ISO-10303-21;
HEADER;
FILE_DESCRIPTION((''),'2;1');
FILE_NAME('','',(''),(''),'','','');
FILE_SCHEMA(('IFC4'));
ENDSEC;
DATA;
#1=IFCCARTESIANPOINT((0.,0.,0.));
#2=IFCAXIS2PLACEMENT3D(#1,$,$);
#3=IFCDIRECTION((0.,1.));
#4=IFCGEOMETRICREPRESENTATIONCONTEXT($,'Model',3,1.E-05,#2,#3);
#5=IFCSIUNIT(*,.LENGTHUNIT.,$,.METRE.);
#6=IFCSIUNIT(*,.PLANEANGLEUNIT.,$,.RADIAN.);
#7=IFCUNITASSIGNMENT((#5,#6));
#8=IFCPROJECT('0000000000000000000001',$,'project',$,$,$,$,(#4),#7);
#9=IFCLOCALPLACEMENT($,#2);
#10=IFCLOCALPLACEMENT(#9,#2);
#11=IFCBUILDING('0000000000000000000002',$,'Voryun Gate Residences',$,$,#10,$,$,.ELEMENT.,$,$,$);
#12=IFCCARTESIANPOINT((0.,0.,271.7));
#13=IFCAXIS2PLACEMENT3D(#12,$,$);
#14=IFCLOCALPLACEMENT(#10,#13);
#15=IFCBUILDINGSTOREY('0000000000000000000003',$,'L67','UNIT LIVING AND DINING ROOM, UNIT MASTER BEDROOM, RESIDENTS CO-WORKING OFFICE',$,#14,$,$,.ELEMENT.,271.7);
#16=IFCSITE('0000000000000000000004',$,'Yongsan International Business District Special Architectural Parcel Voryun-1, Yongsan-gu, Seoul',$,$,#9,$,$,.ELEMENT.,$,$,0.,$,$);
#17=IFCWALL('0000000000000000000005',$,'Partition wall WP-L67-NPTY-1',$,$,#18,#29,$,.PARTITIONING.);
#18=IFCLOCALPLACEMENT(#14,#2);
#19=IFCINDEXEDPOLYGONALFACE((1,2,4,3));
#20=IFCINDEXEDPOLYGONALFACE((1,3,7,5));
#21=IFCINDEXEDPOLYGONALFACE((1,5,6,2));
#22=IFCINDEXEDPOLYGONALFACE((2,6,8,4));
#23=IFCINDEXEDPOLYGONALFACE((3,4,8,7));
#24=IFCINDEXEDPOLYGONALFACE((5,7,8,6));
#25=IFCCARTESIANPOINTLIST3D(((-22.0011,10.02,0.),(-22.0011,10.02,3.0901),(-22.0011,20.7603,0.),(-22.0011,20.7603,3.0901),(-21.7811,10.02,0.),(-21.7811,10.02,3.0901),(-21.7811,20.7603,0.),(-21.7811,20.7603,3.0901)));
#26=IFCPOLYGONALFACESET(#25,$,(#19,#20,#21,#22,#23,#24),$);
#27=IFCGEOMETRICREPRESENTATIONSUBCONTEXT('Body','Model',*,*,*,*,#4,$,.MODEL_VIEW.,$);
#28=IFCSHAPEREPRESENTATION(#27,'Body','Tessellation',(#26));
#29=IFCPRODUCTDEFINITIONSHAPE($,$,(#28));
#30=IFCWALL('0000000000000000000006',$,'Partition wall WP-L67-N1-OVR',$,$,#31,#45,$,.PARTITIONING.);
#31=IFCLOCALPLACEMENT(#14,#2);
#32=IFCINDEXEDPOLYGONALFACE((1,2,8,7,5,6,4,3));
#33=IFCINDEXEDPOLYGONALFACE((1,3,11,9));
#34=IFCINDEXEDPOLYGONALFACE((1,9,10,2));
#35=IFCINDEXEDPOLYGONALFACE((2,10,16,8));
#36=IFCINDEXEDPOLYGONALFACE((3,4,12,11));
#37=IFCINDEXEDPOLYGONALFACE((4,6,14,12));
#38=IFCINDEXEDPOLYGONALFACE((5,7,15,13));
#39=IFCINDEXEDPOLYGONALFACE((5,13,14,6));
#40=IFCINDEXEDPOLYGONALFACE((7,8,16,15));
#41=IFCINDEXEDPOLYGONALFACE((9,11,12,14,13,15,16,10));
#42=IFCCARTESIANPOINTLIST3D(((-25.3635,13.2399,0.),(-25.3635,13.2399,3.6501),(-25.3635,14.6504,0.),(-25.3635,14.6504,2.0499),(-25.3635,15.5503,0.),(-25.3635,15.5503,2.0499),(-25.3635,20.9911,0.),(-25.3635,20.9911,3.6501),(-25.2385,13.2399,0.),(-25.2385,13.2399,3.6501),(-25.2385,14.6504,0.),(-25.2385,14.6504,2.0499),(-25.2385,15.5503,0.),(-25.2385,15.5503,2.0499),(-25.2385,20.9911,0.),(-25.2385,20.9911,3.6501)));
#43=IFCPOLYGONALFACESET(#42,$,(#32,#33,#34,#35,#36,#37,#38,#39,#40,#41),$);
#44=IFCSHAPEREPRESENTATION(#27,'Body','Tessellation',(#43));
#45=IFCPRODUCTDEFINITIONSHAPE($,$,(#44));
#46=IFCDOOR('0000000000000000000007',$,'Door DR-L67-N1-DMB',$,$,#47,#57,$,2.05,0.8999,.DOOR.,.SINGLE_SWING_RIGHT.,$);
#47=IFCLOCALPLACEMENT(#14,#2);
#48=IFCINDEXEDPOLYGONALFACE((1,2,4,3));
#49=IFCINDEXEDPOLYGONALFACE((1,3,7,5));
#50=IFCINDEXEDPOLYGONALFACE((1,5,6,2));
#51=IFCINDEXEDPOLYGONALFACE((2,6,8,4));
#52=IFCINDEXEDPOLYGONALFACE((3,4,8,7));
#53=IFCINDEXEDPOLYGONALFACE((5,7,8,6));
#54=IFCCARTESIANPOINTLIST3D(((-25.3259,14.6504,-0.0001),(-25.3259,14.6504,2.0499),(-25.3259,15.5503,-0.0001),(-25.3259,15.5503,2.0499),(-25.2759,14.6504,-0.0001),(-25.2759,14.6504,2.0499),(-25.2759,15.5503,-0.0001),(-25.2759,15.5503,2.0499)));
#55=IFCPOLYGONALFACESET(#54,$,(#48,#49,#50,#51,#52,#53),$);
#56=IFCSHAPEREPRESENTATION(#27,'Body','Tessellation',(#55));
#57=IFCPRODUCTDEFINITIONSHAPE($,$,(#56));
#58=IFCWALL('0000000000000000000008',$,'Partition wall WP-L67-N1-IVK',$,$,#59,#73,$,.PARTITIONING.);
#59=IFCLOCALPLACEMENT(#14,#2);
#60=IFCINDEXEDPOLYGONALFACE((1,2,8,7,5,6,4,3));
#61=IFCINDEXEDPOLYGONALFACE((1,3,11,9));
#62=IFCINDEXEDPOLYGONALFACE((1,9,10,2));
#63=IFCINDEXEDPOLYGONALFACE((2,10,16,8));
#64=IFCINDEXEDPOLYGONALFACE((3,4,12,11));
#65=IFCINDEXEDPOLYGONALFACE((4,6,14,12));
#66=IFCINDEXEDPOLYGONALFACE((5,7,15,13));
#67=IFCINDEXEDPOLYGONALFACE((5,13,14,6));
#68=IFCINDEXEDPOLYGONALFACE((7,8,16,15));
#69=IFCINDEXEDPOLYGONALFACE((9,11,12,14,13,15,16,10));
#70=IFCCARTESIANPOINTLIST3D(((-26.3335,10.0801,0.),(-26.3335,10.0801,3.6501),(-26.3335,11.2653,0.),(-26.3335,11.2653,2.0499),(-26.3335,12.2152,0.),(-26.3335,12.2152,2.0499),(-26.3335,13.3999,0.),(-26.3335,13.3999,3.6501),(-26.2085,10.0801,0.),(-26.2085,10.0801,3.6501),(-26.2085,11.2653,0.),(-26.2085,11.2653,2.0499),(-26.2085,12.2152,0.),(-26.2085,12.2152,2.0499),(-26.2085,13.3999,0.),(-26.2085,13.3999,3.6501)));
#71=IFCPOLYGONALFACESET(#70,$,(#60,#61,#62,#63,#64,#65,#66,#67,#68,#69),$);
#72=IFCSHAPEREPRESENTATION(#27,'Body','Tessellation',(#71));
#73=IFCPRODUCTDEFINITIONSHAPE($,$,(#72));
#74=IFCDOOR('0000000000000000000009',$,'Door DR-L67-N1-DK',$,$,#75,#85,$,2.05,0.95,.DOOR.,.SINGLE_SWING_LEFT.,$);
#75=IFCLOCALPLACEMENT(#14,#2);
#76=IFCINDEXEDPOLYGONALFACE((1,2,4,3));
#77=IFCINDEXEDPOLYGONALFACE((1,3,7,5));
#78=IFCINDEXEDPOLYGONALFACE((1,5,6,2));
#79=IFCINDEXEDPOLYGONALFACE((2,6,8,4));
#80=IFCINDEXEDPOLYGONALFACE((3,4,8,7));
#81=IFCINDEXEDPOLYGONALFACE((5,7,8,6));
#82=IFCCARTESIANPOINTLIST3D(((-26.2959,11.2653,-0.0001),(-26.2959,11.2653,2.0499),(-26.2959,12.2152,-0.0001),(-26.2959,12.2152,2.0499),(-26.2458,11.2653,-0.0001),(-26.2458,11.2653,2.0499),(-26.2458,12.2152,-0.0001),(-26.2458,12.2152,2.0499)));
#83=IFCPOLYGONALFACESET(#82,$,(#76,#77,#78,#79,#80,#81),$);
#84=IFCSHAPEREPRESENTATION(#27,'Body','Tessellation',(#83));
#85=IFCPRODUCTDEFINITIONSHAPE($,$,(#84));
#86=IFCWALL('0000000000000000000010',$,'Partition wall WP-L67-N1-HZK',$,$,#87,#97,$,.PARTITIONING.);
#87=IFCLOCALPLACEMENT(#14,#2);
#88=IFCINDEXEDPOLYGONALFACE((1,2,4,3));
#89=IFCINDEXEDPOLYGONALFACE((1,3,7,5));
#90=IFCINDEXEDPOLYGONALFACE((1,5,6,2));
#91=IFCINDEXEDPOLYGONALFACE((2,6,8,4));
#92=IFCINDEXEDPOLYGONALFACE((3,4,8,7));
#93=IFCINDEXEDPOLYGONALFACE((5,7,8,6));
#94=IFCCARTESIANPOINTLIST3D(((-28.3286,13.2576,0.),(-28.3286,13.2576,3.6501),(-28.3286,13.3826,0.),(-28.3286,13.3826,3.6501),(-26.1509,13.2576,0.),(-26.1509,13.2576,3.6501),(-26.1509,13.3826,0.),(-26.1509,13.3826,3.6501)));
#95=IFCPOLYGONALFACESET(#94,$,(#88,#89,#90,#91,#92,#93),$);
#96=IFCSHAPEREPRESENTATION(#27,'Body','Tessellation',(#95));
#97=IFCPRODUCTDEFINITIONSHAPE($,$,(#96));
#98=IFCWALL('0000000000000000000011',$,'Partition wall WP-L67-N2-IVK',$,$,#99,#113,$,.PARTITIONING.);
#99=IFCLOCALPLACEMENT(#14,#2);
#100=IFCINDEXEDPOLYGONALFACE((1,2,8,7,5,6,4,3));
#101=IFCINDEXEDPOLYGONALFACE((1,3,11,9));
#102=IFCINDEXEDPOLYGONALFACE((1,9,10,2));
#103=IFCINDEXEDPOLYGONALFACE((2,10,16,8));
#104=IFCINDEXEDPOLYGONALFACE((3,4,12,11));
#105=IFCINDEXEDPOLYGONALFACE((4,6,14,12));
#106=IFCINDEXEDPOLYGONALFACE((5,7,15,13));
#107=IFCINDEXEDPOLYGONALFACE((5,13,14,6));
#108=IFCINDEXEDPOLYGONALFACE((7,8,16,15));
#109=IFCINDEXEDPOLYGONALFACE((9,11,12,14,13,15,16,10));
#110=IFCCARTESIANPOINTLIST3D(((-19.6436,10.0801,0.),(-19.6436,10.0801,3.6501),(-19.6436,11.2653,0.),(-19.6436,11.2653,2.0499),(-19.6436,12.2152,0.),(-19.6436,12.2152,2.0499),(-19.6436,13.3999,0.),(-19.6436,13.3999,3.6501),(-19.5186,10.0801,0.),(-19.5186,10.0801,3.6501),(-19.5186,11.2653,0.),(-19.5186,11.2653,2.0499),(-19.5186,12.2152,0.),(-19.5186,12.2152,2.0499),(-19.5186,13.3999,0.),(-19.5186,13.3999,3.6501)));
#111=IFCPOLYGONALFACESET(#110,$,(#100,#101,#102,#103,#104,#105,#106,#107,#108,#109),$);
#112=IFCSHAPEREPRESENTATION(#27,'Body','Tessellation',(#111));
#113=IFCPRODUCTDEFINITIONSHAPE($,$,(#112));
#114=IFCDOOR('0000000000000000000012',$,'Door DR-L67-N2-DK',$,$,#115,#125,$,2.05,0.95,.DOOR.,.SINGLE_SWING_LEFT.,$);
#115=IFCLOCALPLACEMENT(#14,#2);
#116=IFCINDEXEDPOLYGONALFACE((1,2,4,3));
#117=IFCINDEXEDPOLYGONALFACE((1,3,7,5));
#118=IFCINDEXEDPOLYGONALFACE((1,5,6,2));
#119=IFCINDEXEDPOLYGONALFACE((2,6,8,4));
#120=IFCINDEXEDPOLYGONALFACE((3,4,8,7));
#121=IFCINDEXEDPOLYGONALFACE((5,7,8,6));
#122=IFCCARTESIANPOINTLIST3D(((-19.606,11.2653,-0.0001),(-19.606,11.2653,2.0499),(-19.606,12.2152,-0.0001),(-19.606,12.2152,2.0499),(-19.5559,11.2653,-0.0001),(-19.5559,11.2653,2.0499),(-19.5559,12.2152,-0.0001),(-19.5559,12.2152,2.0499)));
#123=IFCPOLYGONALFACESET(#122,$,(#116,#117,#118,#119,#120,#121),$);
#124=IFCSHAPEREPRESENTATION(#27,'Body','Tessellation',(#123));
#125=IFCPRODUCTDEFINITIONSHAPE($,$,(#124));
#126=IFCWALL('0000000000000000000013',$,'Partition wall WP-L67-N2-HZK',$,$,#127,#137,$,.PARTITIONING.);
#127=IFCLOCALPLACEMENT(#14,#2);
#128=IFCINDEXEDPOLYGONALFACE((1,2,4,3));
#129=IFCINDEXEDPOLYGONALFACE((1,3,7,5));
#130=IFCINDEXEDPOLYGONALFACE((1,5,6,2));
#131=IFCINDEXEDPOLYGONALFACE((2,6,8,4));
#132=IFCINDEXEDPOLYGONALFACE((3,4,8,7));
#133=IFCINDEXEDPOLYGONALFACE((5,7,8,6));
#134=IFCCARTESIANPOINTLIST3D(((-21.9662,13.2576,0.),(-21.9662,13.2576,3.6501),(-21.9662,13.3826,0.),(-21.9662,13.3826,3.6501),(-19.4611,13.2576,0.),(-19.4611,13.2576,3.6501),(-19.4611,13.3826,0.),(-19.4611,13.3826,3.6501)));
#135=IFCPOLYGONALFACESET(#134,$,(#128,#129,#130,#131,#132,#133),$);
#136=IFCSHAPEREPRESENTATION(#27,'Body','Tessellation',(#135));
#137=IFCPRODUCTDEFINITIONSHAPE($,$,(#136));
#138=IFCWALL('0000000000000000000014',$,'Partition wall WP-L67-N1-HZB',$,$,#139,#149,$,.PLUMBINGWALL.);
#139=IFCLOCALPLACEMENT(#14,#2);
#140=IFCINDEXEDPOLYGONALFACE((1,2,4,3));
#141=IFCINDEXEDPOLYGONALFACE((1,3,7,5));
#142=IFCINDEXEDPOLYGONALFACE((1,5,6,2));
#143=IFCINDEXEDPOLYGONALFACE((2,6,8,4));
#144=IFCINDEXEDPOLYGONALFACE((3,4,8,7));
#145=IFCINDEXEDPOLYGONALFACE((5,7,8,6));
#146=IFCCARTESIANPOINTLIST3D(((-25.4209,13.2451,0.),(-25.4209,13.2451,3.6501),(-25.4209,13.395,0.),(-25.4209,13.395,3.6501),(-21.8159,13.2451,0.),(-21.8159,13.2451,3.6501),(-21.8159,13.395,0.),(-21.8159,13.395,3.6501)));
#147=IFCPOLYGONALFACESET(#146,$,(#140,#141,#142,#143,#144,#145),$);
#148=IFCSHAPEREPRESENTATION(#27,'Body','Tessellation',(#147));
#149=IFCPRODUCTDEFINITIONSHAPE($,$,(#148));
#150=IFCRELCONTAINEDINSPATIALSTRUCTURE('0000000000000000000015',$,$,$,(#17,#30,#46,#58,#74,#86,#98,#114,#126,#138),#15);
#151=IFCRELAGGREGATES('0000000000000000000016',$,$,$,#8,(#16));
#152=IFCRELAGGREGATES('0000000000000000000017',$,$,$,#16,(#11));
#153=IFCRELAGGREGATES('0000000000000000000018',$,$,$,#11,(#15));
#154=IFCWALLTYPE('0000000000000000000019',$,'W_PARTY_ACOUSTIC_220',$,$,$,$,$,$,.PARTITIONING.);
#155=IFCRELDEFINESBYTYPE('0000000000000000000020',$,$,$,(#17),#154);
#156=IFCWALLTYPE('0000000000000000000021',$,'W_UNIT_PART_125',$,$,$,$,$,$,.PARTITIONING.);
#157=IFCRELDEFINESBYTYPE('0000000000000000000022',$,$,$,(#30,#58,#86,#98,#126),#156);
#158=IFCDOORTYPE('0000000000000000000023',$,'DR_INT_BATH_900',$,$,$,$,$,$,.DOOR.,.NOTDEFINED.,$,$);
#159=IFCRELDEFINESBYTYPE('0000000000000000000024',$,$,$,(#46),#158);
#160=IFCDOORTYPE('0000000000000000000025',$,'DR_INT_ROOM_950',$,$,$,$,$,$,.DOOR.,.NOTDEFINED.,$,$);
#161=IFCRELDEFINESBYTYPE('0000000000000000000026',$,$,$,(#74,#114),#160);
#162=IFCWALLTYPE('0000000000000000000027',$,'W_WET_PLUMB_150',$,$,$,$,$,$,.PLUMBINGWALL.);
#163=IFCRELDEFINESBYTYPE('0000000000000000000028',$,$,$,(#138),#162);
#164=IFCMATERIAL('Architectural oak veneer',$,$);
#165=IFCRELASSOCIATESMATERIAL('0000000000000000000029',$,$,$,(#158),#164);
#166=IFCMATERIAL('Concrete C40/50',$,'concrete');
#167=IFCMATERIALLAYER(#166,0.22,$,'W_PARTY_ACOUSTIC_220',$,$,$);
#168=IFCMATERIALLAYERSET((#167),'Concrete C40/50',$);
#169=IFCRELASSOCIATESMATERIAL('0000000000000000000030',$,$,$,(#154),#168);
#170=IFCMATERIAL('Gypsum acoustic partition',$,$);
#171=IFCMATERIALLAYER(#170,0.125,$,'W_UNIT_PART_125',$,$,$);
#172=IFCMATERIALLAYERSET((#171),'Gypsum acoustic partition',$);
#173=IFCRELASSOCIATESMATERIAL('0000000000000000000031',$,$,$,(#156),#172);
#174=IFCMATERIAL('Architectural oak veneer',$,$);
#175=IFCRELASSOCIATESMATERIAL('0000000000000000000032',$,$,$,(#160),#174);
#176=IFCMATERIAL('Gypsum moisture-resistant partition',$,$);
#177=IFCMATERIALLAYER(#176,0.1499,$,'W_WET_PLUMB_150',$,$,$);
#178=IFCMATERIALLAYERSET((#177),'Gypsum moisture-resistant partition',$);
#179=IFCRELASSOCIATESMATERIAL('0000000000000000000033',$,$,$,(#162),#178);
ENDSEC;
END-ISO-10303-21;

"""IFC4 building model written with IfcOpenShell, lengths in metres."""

from ifc_helpers import new_model, si_unit, direction, frame, frame_2d, origin, place, context, subcontext, project, spatial, rectangle, extrude, material, layer, layer_set, type_object, element, fill, save


model = new_model("IFC4")

# Units and contexts
model_context = context("Model", 3, precision=1e-05, world=origin(), true_north=direction((0.0, 1.0)))
body_context = subcontext(model_context, "Body", "Model", "MODEL_VIEW")
ifc_project = project(units=[si_unit("LENGTHUNIT", "METRE"), si_unit("PLANEANGLEUNIT", "RADIAN")], contexts=[model_context])

# Site, building, storey
site_placement = place(None, origin())
site = spatial("IfcSite", under=ifc_project, at=site_placement, Name="Yongsan International Business District Special Architectural Parcel Voryun-1, Yongsan-gu, Seoul", CompositionType="ELEMENT", RefElevation=0.0)
building_placement = place(site_placement, origin())
building = spatial("IfcBuilding", under=site, at=building_placement, Name="Voryun Gate Residences", CompositionType="ELEMENT")
storey_placement = place(building_placement, frame((0.0, 0.0, 271.7)))
storey = spatial("IfcBuildingStorey", under=building, at=storey_placement, Name="L67", Description="UNIT LIVING AND DINING ROOM, UNIT MASTER BEDROOM, RESIDENTS CO-WORKING OFFICE", CompositionType="ELEMENT", Elevation=271.7)

# Shared definitions
ifc_material_1 = material(Name="Architectural oak veneer")
door_type_1 = type_object("IfcDoorType", Name="DR_INT_BATH_900", OperationType="NOTDEFINED", PredefinedType="DOOR", material=ifc_material_1)

# Wall
ifc_material_2 = material(Name="Concrete C40/50", Category="concrete")
ifc_layer_1 = layer(ifc_material_2, 0.22, Name="W_PARTY_ACOUSTIC_220")
ifc_layer_set_1 = layer_set([ifc_layer_1], Name="Concrete C40/50")
wall_type_1 = type_object("IfcWallType", Name="W_PARTY_ACOUSTIC_220", PredefinedType="PARTITIONING", material=ifc_layer_set_1)
wall_1_placement = place(storey_placement, frame((-21.8911, 10.02, 0.0), z_axis=(0.0, 0.0, 1.0), x_axis=(0.0, 1.0, 0.0)))
element("IfcWall", 1, at=wall_1_placement, inside=storey, type_object=wall_type_1, Name="Partition wall WP-L67-NPTY-1", PredefinedType="PARTITIONING", context=body_context, shape_type="SweptSolid", body=[
    extrude(rectangle(XDim=10.7402, YDim=0.22, at=frame_2d((5.3701, 0.0))), origin(), (0.0, 0.0, 1.0), 3.0901),
])

# Walls, openings, doors
ifc_material_3 = material(Name="Gypsum acoustic partition")
ifc_layer_2 = layer(ifc_material_3, 0.125, Name="W_UNIT_PART_125")
ifc_layer_set_2 = layer_set([ifc_layer_2], Name="Gypsum acoustic partition")
wall_type_2 = type_object("IfcWallType", Name="W_UNIT_PART_125", PredefinedType="PARTITIONING", material=ifc_layer_set_2)
wall_2_placement = place(storey_placement, frame((-25.301, 13.24, 0.0), z_axis=(0.0, 0.0, 1.0), x_axis=(0.0, 1.0, 0.0)))
wall_2 = element("IfcWall", 2, at=wall_2_placement, inside=storey, type_object=wall_type_2, Name="Partition wall WP-L67-N1-OVR", PredefinedType="PARTITIONING", context=body_context, shape_type="SweptSolid", body=[
    extrude(rectangle(XDim=7.7512, YDim=0.125, at=frame_2d((3.8755, 0.0))), origin(), (0.0, 0.0, 1.0), 3.6501),
])
opening_1_placement = place(wall_2_placement, frame((1.4104, 0.0, 0.0)))
opening_1 = element("IfcOpeningElement", 3, at=opening_1_placement, cuts=wall_2, PredefinedType="OPENING", context=body_context, shape_type="SweptSolid", body=[
    extrude(rectangle(XDim=0.8999, YDim=2.05, at=frame_2d((0.45, 1.0249))), frame((0.0, 0.0725, 0.0), z_axis=(0.0, -1.0, 0.0), x_axis=(1.0, 0.0, 0.0)), (0.0, 0.0, 1.0), 0.145),
])
door_1_placement = place(opening_1_placement, origin())
door_1 = element("IfcDoor", 4, at=door_1_placement, inside=storey, type_object=door_type_1, Name="Door DR-L67-N1-DMB", OperationType="SINGLE_SWING_RIGHT", OverallHeight=2.05, OverallWidth=0.8999, PredefinedType="DOOR", context=body_context, shape_type="SweptSolid", body=[
    extrude(rectangle(XDim=0.8999, YDim=2.05, at=frame_2d((0.45, 1.0249))), frame((0.0, 0.0249, 0.0), z_axis=(0.0, -1.0, 0.0), x_axis=(1.0, 0.0, 0.0)), (0.0, 0.0, 1.0), 0.05),
])
fill(opening_1, door_1)
wall_3_placement = place(storey_placement, frame((-26.271, 10.0801, 0.0), z_axis=(0.0, 0.0, 1.0), x_axis=(0.0, 1.0, 0.0)))
wall_3 = element("IfcWall", 5, at=wall_3_placement, inside=storey, type_object=wall_type_2, Name="Partition wall WP-L67-N1-IVK", PredefinedType="PARTITIONING", context=body_context, shape_type="SweptSolid", body=[
    extrude(rectangle(XDim=3.3198, YDim=0.125, at=frame_2d((1.6599, 0.0))), origin(), (0.0, 0.0, 1.0), 3.6501),
])
opening_2_placement = place(wall_3_placement, frame((1.1851, 0.0, 0.0)))
opening_2 = element("IfcOpeningElement", 6, at=opening_2_placement, cuts=wall_3, PredefinedType="OPENING", context=body_context, shape_type="SweptSolid", body=[
    extrude(rectangle(XDim=0.95, YDim=2.05, at=frame_2d((0.4751, 1.0249))), frame((0.0, 0.0725, 0.0), z_axis=(0.0, -1.0, 0.0), x_axis=(1.0, 0.0, 0.0)), (0.0, 0.0, 1.0), 0.145),
])
ifc_material_4 = material(Name="Architectural oak veneer")
door_type_2 = type_object("IfcDoorType", Name="DR_INT_ROOM_950", OperationType="NOTDEFINED", PredefinedType="DOOR", material=ifc_material_4)
door_2_placement = place(opening_2_placement, origin())
door_2 = element("IfcDoor", 7, at=door_2_placement, inside=storey, type_object=door_type_2, Name="Door DR-L67-N1-DK", OperationType="SINGLE_SWING_LEFT", OverallHeight=2.05, OverallWidth=0.95, PredefinedType="DOOR", context=body_context, shape_type="SweptSolid", body=[
    extrude(rectangle(XDim=0.95, YDim=2.05, at=frame_2d((0.4751, 1.0249))), frame((0.0, 0.0249, 0.0), z_axis=(0.0, -1.0, 0.0), x_axis=(1.0, 0.0, 0.0)), (0.0, 0.0, 1.0), 0.05),
])
fill(opening_2, door_2)

# Wall
wall_4_placement = place(storey_placement, frame((-28.3286, 13.3201, 0.0), z_axis=(0.0, 0.0, 1.0), x_axis=(1.0, 0.0, 0.0)))
element("IfcWall", 8, at=wall_4_placement, inside=storey, type_object=wall_type_2, Name="Partition wall WP-L67-N1-HZK", PredefinedType="PARTITIONING", context=body_context, shape_type="SweptSolid", body=[
    extrude(rectangle(XDim=2.1777, YDim=0.125, at=frame_2d((1.0889, 0.0))), origin(), (0.0, 0.0, 1.0), 3.6501),
])

# Wall, opening, door
wall_5_placement = place(storey_placement, frame((-19.5811, 10.0801, 0.0), z_axis=(0.0, 0.0, 1.0), x_axis=(0.0, 1.0, 0.0)))
wall_5 = element("IfcWall", 9, at=wall_5_placement, inside=storey, type_object=wall_type_2, Name="Partition wall WP-L67-N2-IVK", PredefinedType="PARTITIONING", context=body_context, shape_type="SweptSolid", body=[
    extrude(rectangle(XDim=3.3198, YDim=0.125, at=frame_2d((1.6599, 0.0))), origin(), (0.0, 0.0, 1.0), 3.6501),
])
opening_3_placement = place(wall_5_placement, frame((1.1851, 0.0, 0.0)))
opening_3 = element("IfcOpeningElement", 10, at=opening_3_placement, cuts=wall_5, PredefinedType="OPENING", context=body_context, shape_type="SweptSolid", body=[
    extrude(rectangle(XDim=0.95, YDim=2.05, at=frame_2d((0.4751, 1.0249))), frame((0.0, 0.0725, 0.0), z_axis=(0.0, -1.0, 0.0), x_axis=(1.0, 0.0, 0.0)), (0.0, 0.0, 1.0), 0.145),
])
door_3_placement = place(opening_3_placement, origin())
door_3 = element("IfcDoor", 11, at=door_3_placement, inside=storey, type_object=door_type_2, Name="Door DR-L67-N2-DK", OperationType="SINGLE_SWING_LEFT", OverallHeight=2.05, OverallWidth=0.95, PredefinedType="DOOR", context=body_context, shape_type="SweptSolid", body=[
    extrude(rectangle(XDim=0.95, YDim=2.05, at=frame_2d((0.4751, 1.0249))), frame((0.0, 0.0249, 0.0), z_axis=(0.0, -1.0, 0.0), x_axis=(1.0, 0.0, 0.0)), (0.0, 0.0, 1.0), 0.05),
])
fill(opening_3, door_3)

# Walls
wall_6_placement = place(storey_placement, frame((-21.9661, 13.3201, 0.0), z_axis=(0.0, 0.0, 1.0), x_axis=(1.0, 0.0, 0.0)))
element("IfcWall", 12, at=wall_6_placement, inside=storey, type_object=wall_type_2, Name="Partition wall WP-L67-N2-HZK", PredefinedType="PARTITIONING", context=body_context, shape_type="SweptSolid", body=[
    extrude(rectangle(XDim=2.5051, YDim=0.125, at=frame_2d((1.2524, 0.0))), origin(), (0.0, 0.0, 1.0), 3.6501),
])
ifc_material_5 = material(Name="Gypsum moisture-resistant partition")
ifc_layer_3 = layer(ifc_material_5, 0.1499, Name="W_WET_PLUMB_150")
ifc_layer_set_3 = layer_set([ifc_layer_3], Name="Gypsum moisture-resistant partition")
wall_type_3 = type_object("IfcWallType", Name="W_WET_PLUMB_150", PredefinedType="PLUMBINGWALL", material=ifc_layer_set_3)
wall_7_placement = place(storey_placement, frame((-25.4209, 13.3201, 0.0), z_axis=(0.0, 0.0, 1.0), x_axis=(1.0, 0.0, 0.0)))
element("IfcWall", 13, at=wall_7_placement, inside=storey, type_object=wall_type_3, Name="Partition wall WP-L67-N1-HZB", PredefinedType="PLUMBINGWALL", context=body_context, shape_type="SweptSolid", body=[
    extrude(rectangle(XDim=3.605, YDim=0.1499, at=frame_2d((1.8025, 0.0))), origin(), (0.0, 0.0, 1.0), 3.6501),
])

save(model, "model.ifc")
